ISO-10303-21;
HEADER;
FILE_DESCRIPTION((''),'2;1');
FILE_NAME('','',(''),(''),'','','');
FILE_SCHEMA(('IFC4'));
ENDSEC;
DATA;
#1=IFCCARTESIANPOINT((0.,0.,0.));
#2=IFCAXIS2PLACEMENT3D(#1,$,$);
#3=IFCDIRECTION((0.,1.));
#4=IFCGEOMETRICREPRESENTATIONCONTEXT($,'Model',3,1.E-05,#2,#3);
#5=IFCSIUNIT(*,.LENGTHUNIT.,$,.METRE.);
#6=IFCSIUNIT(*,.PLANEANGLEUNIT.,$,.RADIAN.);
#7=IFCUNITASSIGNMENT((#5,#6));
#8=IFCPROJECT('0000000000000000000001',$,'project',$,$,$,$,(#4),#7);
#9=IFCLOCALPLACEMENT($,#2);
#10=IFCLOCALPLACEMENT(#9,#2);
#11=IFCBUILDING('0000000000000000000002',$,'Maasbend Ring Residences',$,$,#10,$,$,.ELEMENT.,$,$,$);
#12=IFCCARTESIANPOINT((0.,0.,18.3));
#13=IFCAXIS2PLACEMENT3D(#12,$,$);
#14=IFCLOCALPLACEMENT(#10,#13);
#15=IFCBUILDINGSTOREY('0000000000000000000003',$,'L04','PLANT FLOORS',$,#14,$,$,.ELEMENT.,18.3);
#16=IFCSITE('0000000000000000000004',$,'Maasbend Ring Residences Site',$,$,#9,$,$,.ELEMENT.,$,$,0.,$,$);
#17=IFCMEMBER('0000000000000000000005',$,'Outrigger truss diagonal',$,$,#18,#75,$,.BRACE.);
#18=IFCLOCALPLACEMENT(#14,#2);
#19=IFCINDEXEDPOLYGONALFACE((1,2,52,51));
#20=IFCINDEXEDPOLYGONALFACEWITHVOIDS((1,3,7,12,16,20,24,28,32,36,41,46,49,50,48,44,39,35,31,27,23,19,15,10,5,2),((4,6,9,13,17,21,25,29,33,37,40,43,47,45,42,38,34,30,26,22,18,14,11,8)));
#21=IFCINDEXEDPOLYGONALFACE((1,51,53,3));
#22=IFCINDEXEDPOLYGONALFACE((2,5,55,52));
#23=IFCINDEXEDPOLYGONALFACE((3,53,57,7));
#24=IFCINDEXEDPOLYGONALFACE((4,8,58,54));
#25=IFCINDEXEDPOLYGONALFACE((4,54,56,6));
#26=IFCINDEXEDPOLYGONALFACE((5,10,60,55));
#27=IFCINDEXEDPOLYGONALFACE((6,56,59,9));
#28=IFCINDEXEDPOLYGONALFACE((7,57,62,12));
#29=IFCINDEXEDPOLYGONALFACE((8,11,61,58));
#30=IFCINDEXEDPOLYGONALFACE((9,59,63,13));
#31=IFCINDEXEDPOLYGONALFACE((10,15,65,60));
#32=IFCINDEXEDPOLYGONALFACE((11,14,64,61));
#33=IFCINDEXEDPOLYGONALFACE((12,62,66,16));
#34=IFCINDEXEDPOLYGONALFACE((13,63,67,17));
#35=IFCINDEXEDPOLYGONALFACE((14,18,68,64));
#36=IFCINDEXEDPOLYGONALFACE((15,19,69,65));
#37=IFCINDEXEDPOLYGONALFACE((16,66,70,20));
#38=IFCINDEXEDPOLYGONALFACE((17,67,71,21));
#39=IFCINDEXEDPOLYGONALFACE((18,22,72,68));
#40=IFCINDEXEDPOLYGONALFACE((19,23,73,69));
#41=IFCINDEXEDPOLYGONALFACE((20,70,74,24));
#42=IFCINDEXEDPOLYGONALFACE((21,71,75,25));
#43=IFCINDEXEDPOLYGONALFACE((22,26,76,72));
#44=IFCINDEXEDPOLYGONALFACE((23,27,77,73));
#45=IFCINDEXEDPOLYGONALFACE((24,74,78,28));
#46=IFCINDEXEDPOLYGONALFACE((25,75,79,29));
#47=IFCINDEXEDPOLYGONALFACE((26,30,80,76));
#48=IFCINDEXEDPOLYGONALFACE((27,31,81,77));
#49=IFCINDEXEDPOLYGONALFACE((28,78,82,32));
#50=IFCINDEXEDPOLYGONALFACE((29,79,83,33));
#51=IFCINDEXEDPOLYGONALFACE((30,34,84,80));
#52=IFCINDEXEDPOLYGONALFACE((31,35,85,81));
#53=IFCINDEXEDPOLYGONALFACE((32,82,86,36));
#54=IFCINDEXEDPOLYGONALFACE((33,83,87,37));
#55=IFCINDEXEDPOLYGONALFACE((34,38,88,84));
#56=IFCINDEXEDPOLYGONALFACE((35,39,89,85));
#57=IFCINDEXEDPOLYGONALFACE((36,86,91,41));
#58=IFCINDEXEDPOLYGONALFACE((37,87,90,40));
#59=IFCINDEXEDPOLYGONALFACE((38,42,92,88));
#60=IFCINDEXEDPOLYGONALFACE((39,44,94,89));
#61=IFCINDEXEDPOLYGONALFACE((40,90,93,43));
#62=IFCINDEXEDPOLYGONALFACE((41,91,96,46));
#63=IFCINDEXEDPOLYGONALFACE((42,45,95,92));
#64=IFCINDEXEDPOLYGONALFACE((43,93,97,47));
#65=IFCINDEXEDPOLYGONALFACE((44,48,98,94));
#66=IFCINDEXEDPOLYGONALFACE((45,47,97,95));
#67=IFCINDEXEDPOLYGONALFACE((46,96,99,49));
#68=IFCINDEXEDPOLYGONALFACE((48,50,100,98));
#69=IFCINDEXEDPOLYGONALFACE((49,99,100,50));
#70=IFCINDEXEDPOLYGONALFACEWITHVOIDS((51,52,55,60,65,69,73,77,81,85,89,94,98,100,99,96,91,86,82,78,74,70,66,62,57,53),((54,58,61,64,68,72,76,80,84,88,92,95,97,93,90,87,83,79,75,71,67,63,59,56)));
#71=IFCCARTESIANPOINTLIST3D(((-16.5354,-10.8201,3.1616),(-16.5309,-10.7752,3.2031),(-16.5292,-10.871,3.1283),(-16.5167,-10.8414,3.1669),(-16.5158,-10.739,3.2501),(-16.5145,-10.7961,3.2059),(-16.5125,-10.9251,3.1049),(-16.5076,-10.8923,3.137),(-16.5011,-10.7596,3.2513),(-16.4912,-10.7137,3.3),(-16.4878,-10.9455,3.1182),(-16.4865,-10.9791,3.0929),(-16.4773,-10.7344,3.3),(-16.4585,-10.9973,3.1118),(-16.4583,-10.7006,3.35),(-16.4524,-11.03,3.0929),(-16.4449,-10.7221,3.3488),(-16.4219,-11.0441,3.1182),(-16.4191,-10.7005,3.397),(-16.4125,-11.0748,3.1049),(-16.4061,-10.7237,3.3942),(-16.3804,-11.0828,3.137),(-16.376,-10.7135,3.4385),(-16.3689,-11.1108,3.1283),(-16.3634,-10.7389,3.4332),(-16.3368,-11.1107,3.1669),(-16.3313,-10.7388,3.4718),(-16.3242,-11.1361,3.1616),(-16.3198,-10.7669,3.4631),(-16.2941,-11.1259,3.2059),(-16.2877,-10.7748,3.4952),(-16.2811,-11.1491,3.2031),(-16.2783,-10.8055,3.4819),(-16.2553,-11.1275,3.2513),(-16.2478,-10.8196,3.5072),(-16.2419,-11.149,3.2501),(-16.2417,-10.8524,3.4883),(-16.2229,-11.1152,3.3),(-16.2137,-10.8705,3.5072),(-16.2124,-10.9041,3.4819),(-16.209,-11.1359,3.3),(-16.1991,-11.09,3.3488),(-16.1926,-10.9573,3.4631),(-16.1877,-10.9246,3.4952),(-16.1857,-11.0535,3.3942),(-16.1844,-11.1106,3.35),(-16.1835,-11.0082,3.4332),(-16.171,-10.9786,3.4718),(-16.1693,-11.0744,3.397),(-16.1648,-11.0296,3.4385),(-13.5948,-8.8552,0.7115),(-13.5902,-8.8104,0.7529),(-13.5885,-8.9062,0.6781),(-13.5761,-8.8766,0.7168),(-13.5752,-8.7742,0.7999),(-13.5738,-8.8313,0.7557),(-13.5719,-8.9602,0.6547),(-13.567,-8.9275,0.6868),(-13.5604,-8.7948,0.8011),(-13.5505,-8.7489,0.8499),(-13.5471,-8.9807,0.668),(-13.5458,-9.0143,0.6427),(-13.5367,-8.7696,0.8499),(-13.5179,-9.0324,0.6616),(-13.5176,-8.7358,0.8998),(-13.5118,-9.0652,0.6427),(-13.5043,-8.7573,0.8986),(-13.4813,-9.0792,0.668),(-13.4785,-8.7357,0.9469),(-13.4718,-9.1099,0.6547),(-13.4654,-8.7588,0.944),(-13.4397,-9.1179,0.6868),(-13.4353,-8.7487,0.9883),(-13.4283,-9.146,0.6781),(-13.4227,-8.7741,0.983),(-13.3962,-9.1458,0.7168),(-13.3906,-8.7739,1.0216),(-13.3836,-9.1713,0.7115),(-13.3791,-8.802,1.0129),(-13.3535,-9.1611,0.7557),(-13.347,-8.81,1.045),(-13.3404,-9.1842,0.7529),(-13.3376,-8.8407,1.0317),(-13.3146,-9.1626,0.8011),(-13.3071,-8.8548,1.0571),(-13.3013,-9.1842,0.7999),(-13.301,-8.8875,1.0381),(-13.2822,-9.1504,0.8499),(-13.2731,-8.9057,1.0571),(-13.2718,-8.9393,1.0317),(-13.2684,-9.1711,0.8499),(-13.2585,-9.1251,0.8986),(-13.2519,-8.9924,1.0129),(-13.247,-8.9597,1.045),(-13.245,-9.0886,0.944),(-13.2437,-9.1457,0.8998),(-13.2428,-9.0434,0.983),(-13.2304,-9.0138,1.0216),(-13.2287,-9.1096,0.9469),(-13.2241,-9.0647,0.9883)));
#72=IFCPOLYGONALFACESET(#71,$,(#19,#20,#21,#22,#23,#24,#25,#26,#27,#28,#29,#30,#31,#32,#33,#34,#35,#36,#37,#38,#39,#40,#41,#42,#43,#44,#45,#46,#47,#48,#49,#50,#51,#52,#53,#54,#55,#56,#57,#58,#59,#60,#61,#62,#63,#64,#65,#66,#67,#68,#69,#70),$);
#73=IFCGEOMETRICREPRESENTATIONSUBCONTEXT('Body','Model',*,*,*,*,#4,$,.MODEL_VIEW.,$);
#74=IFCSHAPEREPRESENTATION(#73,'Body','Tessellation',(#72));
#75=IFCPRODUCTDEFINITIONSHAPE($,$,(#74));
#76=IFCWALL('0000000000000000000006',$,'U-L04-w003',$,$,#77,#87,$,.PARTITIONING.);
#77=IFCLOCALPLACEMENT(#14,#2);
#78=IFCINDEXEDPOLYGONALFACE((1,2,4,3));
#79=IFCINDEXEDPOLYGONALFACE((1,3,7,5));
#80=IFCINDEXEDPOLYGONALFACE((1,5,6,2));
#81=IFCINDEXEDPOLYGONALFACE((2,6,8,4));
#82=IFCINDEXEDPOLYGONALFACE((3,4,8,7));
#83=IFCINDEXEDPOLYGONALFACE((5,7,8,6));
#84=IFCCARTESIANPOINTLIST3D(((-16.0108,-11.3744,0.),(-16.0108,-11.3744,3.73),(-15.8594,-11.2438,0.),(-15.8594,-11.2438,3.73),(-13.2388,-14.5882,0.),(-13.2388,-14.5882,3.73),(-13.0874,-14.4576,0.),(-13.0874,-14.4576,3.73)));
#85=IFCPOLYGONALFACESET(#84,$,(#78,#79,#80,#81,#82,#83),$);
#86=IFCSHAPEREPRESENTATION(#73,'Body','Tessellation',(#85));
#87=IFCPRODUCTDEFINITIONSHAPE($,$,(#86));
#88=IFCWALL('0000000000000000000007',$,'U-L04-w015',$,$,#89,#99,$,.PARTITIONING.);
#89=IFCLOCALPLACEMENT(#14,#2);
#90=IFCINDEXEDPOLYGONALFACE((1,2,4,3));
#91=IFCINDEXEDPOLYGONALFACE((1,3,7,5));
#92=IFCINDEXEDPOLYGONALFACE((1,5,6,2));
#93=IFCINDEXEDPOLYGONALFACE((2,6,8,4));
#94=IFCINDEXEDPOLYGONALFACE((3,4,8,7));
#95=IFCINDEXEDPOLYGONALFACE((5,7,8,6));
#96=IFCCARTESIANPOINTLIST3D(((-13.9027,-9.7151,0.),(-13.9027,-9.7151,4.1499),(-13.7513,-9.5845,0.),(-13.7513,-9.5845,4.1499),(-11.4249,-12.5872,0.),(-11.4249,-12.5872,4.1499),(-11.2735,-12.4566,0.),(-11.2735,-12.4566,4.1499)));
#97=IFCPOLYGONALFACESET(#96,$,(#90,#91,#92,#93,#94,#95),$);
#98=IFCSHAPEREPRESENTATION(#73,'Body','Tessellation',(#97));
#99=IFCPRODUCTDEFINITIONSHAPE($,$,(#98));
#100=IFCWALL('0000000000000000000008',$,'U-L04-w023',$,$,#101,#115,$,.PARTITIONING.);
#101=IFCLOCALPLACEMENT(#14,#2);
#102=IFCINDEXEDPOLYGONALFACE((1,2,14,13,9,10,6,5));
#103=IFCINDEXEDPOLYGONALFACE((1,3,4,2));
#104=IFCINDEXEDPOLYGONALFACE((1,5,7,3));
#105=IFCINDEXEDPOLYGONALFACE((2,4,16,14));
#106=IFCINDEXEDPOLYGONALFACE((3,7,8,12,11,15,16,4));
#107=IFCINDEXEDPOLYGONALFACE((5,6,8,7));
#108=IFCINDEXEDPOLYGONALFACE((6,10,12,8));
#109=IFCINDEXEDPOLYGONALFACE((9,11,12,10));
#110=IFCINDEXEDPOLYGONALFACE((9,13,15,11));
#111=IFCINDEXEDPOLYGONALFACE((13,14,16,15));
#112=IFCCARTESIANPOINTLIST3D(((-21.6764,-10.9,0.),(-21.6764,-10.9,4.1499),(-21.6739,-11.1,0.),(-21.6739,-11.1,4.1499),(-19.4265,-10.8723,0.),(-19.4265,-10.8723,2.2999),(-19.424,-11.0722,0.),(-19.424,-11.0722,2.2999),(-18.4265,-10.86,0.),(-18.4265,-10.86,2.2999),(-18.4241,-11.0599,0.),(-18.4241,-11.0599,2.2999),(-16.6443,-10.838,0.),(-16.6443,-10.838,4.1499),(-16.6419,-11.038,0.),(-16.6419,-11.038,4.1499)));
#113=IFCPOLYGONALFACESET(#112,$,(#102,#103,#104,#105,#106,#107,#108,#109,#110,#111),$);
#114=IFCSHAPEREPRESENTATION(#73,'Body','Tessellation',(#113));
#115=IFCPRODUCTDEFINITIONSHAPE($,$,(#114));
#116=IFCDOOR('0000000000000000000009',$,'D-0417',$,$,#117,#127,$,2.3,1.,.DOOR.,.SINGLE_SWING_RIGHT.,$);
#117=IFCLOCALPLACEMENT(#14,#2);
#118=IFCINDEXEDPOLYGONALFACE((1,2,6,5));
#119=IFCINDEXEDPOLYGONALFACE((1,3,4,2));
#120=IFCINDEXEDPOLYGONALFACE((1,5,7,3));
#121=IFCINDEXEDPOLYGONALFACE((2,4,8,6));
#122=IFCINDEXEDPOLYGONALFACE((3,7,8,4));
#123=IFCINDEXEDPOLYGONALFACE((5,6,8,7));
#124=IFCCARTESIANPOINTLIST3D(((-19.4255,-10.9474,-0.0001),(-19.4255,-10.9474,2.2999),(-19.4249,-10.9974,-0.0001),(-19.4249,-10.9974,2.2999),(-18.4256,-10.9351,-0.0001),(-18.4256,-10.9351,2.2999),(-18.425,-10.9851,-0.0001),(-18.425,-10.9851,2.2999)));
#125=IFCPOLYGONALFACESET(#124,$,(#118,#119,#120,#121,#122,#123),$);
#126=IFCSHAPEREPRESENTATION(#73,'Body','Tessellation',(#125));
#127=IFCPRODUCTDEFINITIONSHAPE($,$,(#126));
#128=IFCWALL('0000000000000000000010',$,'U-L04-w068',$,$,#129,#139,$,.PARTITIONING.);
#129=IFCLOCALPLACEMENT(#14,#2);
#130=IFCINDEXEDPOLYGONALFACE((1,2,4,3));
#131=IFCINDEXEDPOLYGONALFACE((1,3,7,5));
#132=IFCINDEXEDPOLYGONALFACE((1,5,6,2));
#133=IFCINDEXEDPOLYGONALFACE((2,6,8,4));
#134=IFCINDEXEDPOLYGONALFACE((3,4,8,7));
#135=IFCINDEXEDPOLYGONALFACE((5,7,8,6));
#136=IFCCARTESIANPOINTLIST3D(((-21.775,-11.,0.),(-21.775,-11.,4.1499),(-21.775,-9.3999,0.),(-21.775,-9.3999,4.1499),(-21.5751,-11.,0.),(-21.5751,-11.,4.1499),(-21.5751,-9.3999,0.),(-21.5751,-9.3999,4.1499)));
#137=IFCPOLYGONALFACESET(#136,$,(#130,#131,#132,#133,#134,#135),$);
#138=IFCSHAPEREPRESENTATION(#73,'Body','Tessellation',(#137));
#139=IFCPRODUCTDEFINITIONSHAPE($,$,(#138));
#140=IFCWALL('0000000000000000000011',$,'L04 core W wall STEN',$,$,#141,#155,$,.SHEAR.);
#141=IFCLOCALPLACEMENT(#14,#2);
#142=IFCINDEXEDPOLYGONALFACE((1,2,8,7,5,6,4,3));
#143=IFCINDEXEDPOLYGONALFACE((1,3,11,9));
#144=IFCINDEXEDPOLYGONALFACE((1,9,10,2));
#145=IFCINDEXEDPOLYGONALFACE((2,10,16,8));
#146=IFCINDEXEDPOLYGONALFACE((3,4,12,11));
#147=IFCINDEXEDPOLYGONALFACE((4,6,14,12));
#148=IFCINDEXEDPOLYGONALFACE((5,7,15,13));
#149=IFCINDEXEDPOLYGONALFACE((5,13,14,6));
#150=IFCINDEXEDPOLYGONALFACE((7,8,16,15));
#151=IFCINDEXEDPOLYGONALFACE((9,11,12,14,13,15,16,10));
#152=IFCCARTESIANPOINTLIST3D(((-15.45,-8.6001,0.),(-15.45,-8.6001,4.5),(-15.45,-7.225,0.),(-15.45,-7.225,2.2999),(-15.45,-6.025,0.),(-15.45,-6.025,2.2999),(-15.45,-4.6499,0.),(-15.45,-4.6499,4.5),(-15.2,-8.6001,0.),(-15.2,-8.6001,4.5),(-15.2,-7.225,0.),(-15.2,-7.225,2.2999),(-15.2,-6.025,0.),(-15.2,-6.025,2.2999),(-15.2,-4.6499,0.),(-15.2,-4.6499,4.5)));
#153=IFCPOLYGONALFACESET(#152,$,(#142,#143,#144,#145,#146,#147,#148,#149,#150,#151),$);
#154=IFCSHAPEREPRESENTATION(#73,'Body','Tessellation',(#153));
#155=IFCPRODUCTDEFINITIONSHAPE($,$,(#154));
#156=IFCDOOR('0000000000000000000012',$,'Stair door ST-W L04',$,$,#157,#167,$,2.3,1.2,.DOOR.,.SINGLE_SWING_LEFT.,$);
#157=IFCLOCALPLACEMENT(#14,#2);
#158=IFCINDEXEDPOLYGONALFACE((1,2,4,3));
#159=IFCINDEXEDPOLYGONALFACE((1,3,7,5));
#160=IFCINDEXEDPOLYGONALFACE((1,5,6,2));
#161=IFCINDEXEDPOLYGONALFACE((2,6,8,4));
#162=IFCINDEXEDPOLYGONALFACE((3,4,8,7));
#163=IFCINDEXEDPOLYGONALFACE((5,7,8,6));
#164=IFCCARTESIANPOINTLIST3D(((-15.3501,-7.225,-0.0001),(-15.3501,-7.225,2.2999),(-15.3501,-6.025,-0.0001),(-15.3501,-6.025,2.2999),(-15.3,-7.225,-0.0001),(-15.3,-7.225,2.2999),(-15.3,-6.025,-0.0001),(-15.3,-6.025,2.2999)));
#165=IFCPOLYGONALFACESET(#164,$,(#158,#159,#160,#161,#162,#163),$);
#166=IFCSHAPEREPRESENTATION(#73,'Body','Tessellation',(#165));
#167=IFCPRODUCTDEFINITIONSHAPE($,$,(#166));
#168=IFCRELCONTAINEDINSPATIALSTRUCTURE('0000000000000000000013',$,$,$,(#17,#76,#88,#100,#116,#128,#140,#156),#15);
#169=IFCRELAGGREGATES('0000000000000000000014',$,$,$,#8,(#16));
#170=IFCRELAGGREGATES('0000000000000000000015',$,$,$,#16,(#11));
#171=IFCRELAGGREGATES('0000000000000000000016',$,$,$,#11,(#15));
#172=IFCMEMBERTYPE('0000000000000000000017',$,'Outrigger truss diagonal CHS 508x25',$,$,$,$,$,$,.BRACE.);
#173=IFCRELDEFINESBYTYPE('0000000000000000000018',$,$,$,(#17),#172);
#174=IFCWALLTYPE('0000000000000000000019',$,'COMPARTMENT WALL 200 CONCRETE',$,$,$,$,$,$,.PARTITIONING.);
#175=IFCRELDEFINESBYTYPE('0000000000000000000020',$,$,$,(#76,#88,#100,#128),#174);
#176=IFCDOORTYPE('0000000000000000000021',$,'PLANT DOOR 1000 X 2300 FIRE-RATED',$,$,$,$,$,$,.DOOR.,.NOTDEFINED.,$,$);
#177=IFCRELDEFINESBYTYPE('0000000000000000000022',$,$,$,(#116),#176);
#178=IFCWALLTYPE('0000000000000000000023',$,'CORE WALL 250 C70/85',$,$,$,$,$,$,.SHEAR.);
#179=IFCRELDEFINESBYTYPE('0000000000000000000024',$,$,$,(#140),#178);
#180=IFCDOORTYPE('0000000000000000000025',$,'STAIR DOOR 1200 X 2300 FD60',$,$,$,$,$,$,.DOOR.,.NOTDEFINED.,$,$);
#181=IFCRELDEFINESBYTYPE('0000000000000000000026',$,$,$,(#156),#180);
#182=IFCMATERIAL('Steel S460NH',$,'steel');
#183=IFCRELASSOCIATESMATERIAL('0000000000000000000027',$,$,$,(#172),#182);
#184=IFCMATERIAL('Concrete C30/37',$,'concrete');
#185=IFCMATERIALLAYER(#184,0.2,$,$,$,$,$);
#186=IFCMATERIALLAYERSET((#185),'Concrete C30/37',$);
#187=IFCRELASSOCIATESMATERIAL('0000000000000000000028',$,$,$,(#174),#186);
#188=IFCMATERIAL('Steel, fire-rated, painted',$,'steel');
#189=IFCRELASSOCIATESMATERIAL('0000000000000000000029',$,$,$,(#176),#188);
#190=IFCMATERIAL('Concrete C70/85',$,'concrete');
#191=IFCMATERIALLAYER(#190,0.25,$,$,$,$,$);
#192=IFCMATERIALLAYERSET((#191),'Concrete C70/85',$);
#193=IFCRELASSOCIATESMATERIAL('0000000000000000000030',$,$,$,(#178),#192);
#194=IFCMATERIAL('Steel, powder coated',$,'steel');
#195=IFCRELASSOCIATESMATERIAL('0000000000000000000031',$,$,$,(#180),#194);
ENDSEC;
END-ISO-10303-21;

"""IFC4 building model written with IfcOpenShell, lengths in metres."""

from ifc_helpers import new_model, si_unit, direction, frame, frame_2d, origin, origin_2d, place, context, subcontext, project, spatial, rectangle, hollow_circle, extrude, material, layer, layer_set, material_profile, profile_set, type_object, element, fill, save


model = new_model("IFC4")

# Units and contexts
model_context = context("Model", 3, precision=1e-05, world=origin(), true_north=direction((0.0, 1.0)))
body_context = subcontext(model_context, "Body", "Model", "MODEL_VIEW")
ifc_project = project(units=[si_unit("LENGTHUNIT", "METRE"), si_unit("PLANEANGLEUNIT", "RADIAN")], contexts=[model_context])

# Site, building, storey
site_placement = place(None, origin())
site = spatial("IfcSite", under=ifc_project, at=site_placement, Name="Maasbend Ring Residences Site", CompositionType="ELEMENT", RefElevation=0.0)
building_placement = place(site_placement, origin())
building = spatial("IfcBuilding", under=site, at=building_placement, Name="Maasbend Ring Residences", CompositionType="ELEMENT")
storey_placement = place(building_placement, frame((0.0, 0.0, 18.3)))
storey = spatial("IfcBuildingStorey", under=building, at=storey_placement, Name="L04", Description="PLANT FLOORS", CompositionType="ELEMENT", Elevation=18.3)

# Member
ifc_material_1 = material(Name="Steel S460NH", Category="steel")
ifc_material_profile_1 = material_profile(ifc_material_1, hollow_circle(Radius=0.2539, WallThickness=0.0249, at=origin_2d()), Name="Outrigger truss diagonal CHS 508x25")
ifc_profile_set_1 = profile_set([ifc_material_profile_1], Name="Steel S460NH")
member_type = type_object("IfcMemberType", Name="Outrigger truss diagonal CHS 508x25", PredefinedType="BRACE", material=ifc_profile_set_1)
member_placement = place(storey_placement, frame((-16.3501, -10.9248, 3.3), z_axis=(0.683478, 0.456673, -0.56948), x_axis=(-0.55556, 0.831476, 0.0)))
element("IfcMember", 1, at=member_placement, inside=storey, type_object=member_type, Name="Outrigger truss diagonal", PredefinedType="BRACE", context=body_context, shape_type="SweptSolid", body=[
    extrude(hollow_circle(Radius=0.2539, WallThickness=0.0249, at=origin_2d()), origin(), (0.0, 0.0, 1.0), 4.3025),
])

# Walls
ifc_material_2 = material(Name="Concrete C30/37", Category="concrete")
ifc_layer_1 = layer(ifc_material_2, 0.2)
ifc_layer_set_1 = layer_set([ifc_layer_1], Name="Concrete C30/37")
wall_type_1 = type_object("IfcWallType", Name="COMPARTMENT WALL 200 CONCRETE", PredefinedType="PARTITIONING", material=ifc_layer_set_1)
wall_1_placement = place(storey_placement, frame((-15.9351, -11.3091, 0.0), z_axis=(0.0, 0.0, 1.0), x_axis=(0.653128, -0.757247, 0.0)))
element("IfcWall", 2, at=wall_1_placement, inside=storey, type_object=wall_type_1, Name="U-L04-w003", PredefinedType="PARTITIONING", context=body_context, shape_type="SweptSolid", body=[
    extrude(rectangle(XDim=4.2441, YDim=0.2, at=frame_2d((2.1221, 0.0))), origin(), (0.0, 0.0, 1.0), 3.73),
])
wall_2_placement = place(storey_placement, frame((-13.8269, -9.6499, 0.0), z_axis=(0.0, 0.0, 1.0), x_axis=(0.653221, -0.757167, 0.0)))
element("IfcWall", 3, at=wall_2_placement, inside=storey, type_object=wall_type_1, Name="U-L04-w015", PredefinedType="PARTITIONING", context=body_context, shape_type="SweptSolid", body=[
    extrude(rectangle(XDim=3.7932, YDim=0.2, at=frame_2d((1.8965, 0.0))), origin(), (0.0, 0.0, 1.0), 4.1499),
])

# Wall, opening, door
wall_3_placement = place(storey_placement, frame((-21.675, -11.0, 0.0), z_axis=(0.0, 0.0, 1.0), x_axis=(0.999924, 0.012323, 0.0)))
wall_3 = element("IfcWall", 4, at=wall_3_placement, inside=storey, type_object=wall_type_1, Name="U-L04-w023", PredefinedType="PARTITIONING", context=body_context, shape_type="SweptSolid", body=[
    extrude(rectangle(XDim=5.0325, YDim=0.2, at=frame_2d((2.5161, 0.0))), origin(), (0.0, 0.0, 1.0), 4.1499),
])
opening_1_placement = place(wall_3_placement, frame((2.25, 0.0, 0.0)))
opening_1 = element("IfcOpeningElement", 5, at=opening_1_placement, cuts=wall_3, PredefinedType="OPENING", context=body_context, shape_type="SweptSolid", body=[
    extrude(rectangle(XDim=1.0, YDim=2.3, at=frame_2d((0.5, 1.1499))), frame((0.0, 0.1099, 0.0), z_axis=(0.0, -1.0, 0.0), x_axis=(1.0, 0.0, 0.0)), (0.0, 0.0, 1.0), 0.22),
])
ifc_material_3 = material(Name="Steel, fire-rated, painted", Category="steel")
door_type_1 = type_object("IfcDoorType", Name="PLANT DOOR 1000 X 2300 FIRE-RATED", OperationType="NOTDEFINED", PredefinedType="DOOR", material=ifc_material_3)
door_1_placement = place(opening_1_placement, origin())
door_1 = element("IfcDoor", 6, at=door_1_placement, inside=storey, type_object=door_type_1, Name="D-0417", OperationType="SINGLE_SWING_RIGHT", OverallHeight=2.3, OverallWidth=1.0, PredefinedType="DOOR", context=body_context, shape_type="SweptSolid", body=[
    extrude(rectangle(XDim=1.0, YDim=2.3, at=frame_2d((0.5, 1.1499))), frame((0.0, 0.0249, 0.0), z_axis=(0.0, -1.0, 0.0), x_axis=(1.0, 0.0, 0.0)), (0.0, 0.0, 1.0), 0.05),
])
fill(opening_1, door_1)

# Wall
wall_4_placement = place(storey_placement, frame((-21.675, -11.0, 0.0), z_axis=(0.0, 0.0, 1.0), x_axis=(0.0, 1.0, 0.0)))
element("IfcWall", 7, at=wall_4_placement, inside=storey, type_object=wall_type_1, Name="U-L04-w068", PredefinedType="PARTITIONING", context=body_context, shape_type="SweptSolid", body=[
    extrude(rectangle(XDim=1.6001, YDim=0.2, at=frame_2d((0.8, 0.0))), origin(), (0.0, 0.0, 1.0), 4.1499),
])

# Wall, opening, door
ifc_material_4 = material(Name="Concrete C70/85", Category="concrete")
ifc_layer_2 = layer(ifc_material_4, 0.25)
ifc_layer_set_2 = layer_set([ifc_layer_2], Name="Concrete C70/85")
wall_type_2 = type_object("IfcWallType", Name="CORE WALL 250 C70/85", PredefinedType="SHEAR", material=ifc_layer_set_2)
wall_5_placement = place(storey_placement, frame((-15.325, -4.6499, 0.0), z_axis=(0.0, 0.0, 1.0), x_axis=(0.0, -1.0, 0.0)))
wall_5 = element("IfcWall", 8, at=wall_5_placement, inside=storey, type_object=wall_type_2, Name="L04 core W wall STEN", PredefinedType="SHEAR", context=body_context, shape_type="SweptSolid", body=[
    extrude(rectangle(XDim=3.9502, YDim=0.25, at=frame_2d((1.9751, 0.0))), origin(), (0.0, 0.0, 1.0), 4.5),
])
opening_2_placement = place(wall_5_placement, frame((1.375, 0.0, 0.0)))
opening_2 = element("IfcOpeningElement", 9, at=opening_2_placement, cuts=wall_5, PredefinedType="OPENING", context=body_context, shape_type="SweptSolid", body=[
    extrude(rectangle(XDim=1.2, YDim=2.3, at=frame_2d((0.6001, 1.1499))), frame((0.0, 0.135, 0.0), z_axis=(0.0, -1.0, 0.0), x_axis=(1.0, 0.0, 0.0)), (0.0, 0.0, 1.0), 0.27),
])
ifc_material_5 = material(Name="Steel, powder coated", Category="steel")
door_type_2 = type_object("IfcDoorType", Name="STAIR DOOR 1200 X 2300 FD60", OperationType="NOTDEFINED", PredefinedType="DOOR", material=ifc_material_5)
door_2_placement = place(opening_2_placement, origin())
door_2 = element("IfcDoor", 10, at=door_2_placement, inside=storey, type_object=door_type_2, Name="Stair door ST-W L04", OperationType="SINGLE_SWING_LEFT", OverallHeight=2.3, OverallWidth=1.2, PredefinedType="DOOR", context=body_context, shape_type="SweptSolid", body=[
    extrude(rectangle(XDim=1.2, YDim=2.3, at=frame_2d((0.6001, 1.1499))), frame((0.0, 0.0249, 0.0), z_axis=(0.0, -1.0, 0.0), x_axis=(1.0, 0.0, 0.0)), (0.0, 0.0, 1.0), 0.05),
])
fill(opening_2, door_2)

save(model, "model.ifc")
